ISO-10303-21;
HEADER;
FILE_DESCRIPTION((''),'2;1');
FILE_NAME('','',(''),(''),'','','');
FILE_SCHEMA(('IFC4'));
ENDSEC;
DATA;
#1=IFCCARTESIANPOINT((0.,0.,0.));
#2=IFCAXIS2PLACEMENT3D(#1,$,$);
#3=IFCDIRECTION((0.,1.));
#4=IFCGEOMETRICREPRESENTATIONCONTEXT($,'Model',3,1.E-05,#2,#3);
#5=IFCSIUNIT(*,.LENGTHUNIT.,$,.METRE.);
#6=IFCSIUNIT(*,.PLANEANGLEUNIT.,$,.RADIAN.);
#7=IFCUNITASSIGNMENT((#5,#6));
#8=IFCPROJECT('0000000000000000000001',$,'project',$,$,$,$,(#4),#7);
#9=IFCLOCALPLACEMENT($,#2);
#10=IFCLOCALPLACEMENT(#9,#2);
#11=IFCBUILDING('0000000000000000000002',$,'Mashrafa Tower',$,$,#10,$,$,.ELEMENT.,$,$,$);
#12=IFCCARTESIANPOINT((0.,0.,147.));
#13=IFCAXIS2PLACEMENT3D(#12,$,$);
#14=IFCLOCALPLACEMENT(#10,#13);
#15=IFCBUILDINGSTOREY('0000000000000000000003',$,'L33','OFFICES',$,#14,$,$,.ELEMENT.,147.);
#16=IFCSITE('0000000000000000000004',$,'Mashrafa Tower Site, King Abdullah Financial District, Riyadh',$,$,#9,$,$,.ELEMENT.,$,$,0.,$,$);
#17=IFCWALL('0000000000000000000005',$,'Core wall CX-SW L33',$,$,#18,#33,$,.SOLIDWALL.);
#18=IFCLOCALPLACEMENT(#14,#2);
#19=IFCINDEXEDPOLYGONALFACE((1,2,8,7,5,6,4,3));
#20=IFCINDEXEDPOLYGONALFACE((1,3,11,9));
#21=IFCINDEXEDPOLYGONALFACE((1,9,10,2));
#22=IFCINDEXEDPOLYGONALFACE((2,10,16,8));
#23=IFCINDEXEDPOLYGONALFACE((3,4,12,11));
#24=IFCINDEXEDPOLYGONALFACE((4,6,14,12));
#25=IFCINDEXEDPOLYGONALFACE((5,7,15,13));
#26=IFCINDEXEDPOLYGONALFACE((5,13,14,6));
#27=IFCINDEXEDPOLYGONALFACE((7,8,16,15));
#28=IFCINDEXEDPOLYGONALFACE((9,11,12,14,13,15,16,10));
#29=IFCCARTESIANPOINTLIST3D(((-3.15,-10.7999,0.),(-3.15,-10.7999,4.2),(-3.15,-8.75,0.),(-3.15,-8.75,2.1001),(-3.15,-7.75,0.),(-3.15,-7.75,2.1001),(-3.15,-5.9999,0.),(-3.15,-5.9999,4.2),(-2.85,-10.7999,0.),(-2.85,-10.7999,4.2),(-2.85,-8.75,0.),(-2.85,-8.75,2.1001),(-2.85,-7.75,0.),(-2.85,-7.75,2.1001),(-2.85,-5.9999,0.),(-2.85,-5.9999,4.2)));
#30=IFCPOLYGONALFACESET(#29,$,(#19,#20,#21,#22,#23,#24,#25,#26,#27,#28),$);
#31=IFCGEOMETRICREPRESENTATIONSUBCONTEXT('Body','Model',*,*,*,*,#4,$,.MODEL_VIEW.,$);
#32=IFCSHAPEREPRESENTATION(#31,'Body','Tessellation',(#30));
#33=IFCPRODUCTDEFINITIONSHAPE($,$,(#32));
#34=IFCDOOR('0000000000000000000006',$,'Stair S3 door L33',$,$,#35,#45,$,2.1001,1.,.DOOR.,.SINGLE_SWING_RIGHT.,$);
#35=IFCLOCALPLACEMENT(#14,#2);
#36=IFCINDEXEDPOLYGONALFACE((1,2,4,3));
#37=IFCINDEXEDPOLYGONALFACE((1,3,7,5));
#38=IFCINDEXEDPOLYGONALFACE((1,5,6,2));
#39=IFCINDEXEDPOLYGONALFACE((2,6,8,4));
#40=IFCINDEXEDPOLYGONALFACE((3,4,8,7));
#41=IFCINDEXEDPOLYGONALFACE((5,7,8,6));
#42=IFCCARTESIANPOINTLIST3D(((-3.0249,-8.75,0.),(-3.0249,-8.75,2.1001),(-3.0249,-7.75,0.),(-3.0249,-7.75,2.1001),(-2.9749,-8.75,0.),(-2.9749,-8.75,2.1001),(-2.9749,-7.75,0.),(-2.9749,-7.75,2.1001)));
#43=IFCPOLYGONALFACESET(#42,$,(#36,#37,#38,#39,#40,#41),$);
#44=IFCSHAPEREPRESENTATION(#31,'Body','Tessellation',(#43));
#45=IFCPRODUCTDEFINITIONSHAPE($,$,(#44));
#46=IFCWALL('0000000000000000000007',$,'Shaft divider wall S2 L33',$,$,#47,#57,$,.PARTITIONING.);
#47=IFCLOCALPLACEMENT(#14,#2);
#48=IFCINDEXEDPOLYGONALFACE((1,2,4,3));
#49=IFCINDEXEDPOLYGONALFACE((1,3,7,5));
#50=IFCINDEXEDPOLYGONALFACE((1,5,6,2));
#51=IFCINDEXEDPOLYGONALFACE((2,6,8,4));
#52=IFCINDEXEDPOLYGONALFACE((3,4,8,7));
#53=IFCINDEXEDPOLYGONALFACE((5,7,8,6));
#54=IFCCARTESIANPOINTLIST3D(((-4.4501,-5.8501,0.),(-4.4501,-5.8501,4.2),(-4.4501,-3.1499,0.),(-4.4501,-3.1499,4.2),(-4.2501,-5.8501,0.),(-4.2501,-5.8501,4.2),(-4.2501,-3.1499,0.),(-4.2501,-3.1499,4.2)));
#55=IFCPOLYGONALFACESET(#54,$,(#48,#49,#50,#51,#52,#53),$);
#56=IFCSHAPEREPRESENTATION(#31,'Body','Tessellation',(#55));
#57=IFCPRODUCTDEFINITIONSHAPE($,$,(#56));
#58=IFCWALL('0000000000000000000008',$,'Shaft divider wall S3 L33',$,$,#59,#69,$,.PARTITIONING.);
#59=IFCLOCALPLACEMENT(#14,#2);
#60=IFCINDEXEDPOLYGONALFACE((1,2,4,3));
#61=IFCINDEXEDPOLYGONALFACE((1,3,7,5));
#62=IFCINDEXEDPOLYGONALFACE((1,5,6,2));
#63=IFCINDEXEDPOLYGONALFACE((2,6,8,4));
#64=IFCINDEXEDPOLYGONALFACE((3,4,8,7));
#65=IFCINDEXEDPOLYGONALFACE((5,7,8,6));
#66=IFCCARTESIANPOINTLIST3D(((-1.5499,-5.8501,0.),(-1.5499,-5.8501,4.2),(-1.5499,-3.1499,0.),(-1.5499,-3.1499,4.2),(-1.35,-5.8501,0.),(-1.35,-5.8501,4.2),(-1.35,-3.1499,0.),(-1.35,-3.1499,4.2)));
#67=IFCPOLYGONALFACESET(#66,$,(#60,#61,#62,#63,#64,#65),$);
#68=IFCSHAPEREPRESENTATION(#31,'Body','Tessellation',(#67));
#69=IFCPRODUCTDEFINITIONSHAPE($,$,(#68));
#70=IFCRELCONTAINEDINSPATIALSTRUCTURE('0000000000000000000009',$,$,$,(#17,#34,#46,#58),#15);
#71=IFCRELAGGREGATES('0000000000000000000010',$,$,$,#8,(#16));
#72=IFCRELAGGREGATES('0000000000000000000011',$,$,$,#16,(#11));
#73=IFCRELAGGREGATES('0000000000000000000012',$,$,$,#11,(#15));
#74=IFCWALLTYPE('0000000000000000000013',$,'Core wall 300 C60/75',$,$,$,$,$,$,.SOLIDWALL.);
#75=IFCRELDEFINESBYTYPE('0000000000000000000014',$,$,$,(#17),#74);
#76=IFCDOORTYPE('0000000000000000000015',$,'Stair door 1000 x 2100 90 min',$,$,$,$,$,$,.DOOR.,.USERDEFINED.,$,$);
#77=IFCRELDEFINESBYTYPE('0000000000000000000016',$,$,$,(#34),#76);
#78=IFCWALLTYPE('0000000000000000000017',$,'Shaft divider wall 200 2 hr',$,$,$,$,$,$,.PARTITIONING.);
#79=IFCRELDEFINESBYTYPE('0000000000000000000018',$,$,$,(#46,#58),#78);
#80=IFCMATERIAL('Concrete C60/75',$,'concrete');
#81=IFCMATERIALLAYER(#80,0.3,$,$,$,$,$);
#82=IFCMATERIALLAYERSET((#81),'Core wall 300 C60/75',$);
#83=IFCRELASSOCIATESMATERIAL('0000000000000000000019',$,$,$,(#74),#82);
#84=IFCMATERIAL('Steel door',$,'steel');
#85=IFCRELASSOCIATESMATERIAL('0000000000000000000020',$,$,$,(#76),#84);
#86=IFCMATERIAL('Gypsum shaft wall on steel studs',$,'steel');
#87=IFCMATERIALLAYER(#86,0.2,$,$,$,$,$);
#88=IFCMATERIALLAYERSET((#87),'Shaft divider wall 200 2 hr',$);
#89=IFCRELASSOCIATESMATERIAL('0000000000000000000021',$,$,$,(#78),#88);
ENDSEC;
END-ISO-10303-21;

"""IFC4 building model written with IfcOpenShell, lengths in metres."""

from ifc_helpers import new_model, si_unit, direction, frame, frame_2d, origin, place, context, subcontext, project, spatial, rectangle, extrude, material, layer, layer_set, type_object, element, fill, save


model = new_model("IFC4")

# Units and contexts
model_context = context("Model", 3, precision=1e-05, world=origin(), true_north=direction((0.0, 1.0)))
body_context = subcontext(model_context, "Body", "Model", "MODEL_VIEW")
ifc_project = project(units=[si_unit("LENGTHUNIT", "METRE"), si_unit("PLANEANGLEUNIT", "RADIAN")], contexts=[model_context])

# Site, building, storey
site_placement = place(None, origin())
site = spatial("IfcSite", under=ifc_project, at=site_placement, Name="Mashrafa Tower Site, King Abdullah Financial District, Riyadh", CompositionType="ELEMENT", RefElevation=0.0)
building_placement = place(site_placement, origin())
building = spatial("IfcBuilding", under=site, at=building_placement, Name="Mashrafa Tower", CompositionType="ELEMENT")
storey_placement = place(building_placement, frame((0.0, 0.0, 147.0)))
storey = spatial("IfcBuildingStorey", under=building, at=storey_placement, Name="L33", Description="OFFICES", CompositionType="ELEMENT", Elevation=147.0)

# Wall, opening, door
ifc_material_1 = material(Name="Concrete C60/75", Category="concrete")
ifc_layer_1 = layer(ifc_material_1, 0.3)
ifc_layer_set_1 = layer_set([ifc_layer_1], Name="Core wall 300 C60/75")
wall_type_1 = type_object("IfcWallType", Name="Core wall 300 C60/75", PredefinedType="SOLIDWALL", material=ifc_layer_set_1)
wall_placement = place(storey_placement, frame((-3.0, -6.0, 0.0), z_axis=(0.0, 0.0, 1.0), x_axis=(0.0, -1.0, 0.0)))
wall = element("IfcWall", 1, at=wall_placement, inside=storey, type_object=wall_type_1, Name="Core wall CX-SW L33", PredefinedType="SOLIDWALL", context=body_context, shape_type="SweptSolid", body=[
    extrude(rectangle(XDim=4.8, YDim=0.3, at=frame_2d((2.3999, 0.0))), origin(), (0.0, 0.0, 1.0), 4.2),
])
opening_placement = place(wall_placement, frame((1.75, 0.0, 0.0)))
opening = element("IfcOpeningElement", 2, at=opening_placement, cuts=wall, PredefinedType="OPENING", context=body_context, shape_type="SweptSolid", body=[
    extrude(rectangle(XDim=1.0, YDim=2.1001, at=frame_2d((0.5, 1.05))), frame((0.0, 0.1599, 0.0), z_axis=(0.0, -1.0, 0.0), x_axis=(1.0, 0.0, 0.0)), (0.0, 0.0, 1.0), 0.3201),
])
ifc_material_2 = material(Name="Steel door", Category="steel")
door_type = type_object("IfcDoorType", Name="Stair door 1000 x 2100 90 min", OperationType="USERDEFINED", PredefinedType="DOOR", material=ifc_material_2)
door_placement = place(opening_placement, frame((1.0, 0.0, 0.0), z_axis=(0.0, 0.0, 1.0), x_axis=(-1.0, 0.0, 0.0)))
door = element("IfcDoor", 3, at=door_placement, inside=storey, type_object=door_type, Name="Stair S3 door L33", OperationType="SINGLE_SWING_RIGHT", OverallHeight=2.1001, OverallWidth=1.0, PredefinedType="DOOR", context=body_context, shape_type="SweptSolid", body=[
    extrude(rectangle(XDim=1.0, YDim=2.1001, at=frame_2d((0.5, 1.05))), frame((0.0, 0.0249, 0.0), z_axis=(0.0, -1.0, 0.0), x_axis=(1.0, 0.0, 0.0)), (0.0, 0.0, 1.0), 0.05),
])
fill(opening, door)

# Walls
ifc_material_3 = material(Name="Gypsum shaft wall on steel studs", Category="steel")
ifc_layer_2 = layer(ifc_material_3, 0.2)
ifc_layer_set_2 = layer_set([ifc_layer_2], Name="Shaft divider wall 200 2 hr")
wall_type_2 = type_object("IfcWallType", Name="Shaft divider wall 200 2 hr", PredefinedType="PARTITIONING", material=ifc_layer_set_2)
for number, where, z_axis, x_axis, name in (
    (4, (-4.3501, -5.8501, 0.0), (0.0, 0.0, 1.0), (0.0, 1.0, 0.0), "Shaft divider wall S2 L33"),
    (5, (-1.45, -5.8501, 0.0), (0.0, 0.0, 1.0), (0.0, 1.0, 0.0), "Shaft divider wall S3 L33"),
):
    element("IfcWall", number, at=place(storey_placement, frame(where, z_axis=z_axis, x_axis=x_axis)), inside=storey, type_object=wall_type_2, Name=name, PredefinedType="PARTITIONING", context=body_context, shape_type="SweptSolid", body=[
        extrude(rectangle(XDim=2.7002, YDim=0.2, at=frame_2d((1.3501, 0.0))), origin(), (0.0, 0.0, 1.0), 4.2),
    ])

save(model, "model.ifc")
